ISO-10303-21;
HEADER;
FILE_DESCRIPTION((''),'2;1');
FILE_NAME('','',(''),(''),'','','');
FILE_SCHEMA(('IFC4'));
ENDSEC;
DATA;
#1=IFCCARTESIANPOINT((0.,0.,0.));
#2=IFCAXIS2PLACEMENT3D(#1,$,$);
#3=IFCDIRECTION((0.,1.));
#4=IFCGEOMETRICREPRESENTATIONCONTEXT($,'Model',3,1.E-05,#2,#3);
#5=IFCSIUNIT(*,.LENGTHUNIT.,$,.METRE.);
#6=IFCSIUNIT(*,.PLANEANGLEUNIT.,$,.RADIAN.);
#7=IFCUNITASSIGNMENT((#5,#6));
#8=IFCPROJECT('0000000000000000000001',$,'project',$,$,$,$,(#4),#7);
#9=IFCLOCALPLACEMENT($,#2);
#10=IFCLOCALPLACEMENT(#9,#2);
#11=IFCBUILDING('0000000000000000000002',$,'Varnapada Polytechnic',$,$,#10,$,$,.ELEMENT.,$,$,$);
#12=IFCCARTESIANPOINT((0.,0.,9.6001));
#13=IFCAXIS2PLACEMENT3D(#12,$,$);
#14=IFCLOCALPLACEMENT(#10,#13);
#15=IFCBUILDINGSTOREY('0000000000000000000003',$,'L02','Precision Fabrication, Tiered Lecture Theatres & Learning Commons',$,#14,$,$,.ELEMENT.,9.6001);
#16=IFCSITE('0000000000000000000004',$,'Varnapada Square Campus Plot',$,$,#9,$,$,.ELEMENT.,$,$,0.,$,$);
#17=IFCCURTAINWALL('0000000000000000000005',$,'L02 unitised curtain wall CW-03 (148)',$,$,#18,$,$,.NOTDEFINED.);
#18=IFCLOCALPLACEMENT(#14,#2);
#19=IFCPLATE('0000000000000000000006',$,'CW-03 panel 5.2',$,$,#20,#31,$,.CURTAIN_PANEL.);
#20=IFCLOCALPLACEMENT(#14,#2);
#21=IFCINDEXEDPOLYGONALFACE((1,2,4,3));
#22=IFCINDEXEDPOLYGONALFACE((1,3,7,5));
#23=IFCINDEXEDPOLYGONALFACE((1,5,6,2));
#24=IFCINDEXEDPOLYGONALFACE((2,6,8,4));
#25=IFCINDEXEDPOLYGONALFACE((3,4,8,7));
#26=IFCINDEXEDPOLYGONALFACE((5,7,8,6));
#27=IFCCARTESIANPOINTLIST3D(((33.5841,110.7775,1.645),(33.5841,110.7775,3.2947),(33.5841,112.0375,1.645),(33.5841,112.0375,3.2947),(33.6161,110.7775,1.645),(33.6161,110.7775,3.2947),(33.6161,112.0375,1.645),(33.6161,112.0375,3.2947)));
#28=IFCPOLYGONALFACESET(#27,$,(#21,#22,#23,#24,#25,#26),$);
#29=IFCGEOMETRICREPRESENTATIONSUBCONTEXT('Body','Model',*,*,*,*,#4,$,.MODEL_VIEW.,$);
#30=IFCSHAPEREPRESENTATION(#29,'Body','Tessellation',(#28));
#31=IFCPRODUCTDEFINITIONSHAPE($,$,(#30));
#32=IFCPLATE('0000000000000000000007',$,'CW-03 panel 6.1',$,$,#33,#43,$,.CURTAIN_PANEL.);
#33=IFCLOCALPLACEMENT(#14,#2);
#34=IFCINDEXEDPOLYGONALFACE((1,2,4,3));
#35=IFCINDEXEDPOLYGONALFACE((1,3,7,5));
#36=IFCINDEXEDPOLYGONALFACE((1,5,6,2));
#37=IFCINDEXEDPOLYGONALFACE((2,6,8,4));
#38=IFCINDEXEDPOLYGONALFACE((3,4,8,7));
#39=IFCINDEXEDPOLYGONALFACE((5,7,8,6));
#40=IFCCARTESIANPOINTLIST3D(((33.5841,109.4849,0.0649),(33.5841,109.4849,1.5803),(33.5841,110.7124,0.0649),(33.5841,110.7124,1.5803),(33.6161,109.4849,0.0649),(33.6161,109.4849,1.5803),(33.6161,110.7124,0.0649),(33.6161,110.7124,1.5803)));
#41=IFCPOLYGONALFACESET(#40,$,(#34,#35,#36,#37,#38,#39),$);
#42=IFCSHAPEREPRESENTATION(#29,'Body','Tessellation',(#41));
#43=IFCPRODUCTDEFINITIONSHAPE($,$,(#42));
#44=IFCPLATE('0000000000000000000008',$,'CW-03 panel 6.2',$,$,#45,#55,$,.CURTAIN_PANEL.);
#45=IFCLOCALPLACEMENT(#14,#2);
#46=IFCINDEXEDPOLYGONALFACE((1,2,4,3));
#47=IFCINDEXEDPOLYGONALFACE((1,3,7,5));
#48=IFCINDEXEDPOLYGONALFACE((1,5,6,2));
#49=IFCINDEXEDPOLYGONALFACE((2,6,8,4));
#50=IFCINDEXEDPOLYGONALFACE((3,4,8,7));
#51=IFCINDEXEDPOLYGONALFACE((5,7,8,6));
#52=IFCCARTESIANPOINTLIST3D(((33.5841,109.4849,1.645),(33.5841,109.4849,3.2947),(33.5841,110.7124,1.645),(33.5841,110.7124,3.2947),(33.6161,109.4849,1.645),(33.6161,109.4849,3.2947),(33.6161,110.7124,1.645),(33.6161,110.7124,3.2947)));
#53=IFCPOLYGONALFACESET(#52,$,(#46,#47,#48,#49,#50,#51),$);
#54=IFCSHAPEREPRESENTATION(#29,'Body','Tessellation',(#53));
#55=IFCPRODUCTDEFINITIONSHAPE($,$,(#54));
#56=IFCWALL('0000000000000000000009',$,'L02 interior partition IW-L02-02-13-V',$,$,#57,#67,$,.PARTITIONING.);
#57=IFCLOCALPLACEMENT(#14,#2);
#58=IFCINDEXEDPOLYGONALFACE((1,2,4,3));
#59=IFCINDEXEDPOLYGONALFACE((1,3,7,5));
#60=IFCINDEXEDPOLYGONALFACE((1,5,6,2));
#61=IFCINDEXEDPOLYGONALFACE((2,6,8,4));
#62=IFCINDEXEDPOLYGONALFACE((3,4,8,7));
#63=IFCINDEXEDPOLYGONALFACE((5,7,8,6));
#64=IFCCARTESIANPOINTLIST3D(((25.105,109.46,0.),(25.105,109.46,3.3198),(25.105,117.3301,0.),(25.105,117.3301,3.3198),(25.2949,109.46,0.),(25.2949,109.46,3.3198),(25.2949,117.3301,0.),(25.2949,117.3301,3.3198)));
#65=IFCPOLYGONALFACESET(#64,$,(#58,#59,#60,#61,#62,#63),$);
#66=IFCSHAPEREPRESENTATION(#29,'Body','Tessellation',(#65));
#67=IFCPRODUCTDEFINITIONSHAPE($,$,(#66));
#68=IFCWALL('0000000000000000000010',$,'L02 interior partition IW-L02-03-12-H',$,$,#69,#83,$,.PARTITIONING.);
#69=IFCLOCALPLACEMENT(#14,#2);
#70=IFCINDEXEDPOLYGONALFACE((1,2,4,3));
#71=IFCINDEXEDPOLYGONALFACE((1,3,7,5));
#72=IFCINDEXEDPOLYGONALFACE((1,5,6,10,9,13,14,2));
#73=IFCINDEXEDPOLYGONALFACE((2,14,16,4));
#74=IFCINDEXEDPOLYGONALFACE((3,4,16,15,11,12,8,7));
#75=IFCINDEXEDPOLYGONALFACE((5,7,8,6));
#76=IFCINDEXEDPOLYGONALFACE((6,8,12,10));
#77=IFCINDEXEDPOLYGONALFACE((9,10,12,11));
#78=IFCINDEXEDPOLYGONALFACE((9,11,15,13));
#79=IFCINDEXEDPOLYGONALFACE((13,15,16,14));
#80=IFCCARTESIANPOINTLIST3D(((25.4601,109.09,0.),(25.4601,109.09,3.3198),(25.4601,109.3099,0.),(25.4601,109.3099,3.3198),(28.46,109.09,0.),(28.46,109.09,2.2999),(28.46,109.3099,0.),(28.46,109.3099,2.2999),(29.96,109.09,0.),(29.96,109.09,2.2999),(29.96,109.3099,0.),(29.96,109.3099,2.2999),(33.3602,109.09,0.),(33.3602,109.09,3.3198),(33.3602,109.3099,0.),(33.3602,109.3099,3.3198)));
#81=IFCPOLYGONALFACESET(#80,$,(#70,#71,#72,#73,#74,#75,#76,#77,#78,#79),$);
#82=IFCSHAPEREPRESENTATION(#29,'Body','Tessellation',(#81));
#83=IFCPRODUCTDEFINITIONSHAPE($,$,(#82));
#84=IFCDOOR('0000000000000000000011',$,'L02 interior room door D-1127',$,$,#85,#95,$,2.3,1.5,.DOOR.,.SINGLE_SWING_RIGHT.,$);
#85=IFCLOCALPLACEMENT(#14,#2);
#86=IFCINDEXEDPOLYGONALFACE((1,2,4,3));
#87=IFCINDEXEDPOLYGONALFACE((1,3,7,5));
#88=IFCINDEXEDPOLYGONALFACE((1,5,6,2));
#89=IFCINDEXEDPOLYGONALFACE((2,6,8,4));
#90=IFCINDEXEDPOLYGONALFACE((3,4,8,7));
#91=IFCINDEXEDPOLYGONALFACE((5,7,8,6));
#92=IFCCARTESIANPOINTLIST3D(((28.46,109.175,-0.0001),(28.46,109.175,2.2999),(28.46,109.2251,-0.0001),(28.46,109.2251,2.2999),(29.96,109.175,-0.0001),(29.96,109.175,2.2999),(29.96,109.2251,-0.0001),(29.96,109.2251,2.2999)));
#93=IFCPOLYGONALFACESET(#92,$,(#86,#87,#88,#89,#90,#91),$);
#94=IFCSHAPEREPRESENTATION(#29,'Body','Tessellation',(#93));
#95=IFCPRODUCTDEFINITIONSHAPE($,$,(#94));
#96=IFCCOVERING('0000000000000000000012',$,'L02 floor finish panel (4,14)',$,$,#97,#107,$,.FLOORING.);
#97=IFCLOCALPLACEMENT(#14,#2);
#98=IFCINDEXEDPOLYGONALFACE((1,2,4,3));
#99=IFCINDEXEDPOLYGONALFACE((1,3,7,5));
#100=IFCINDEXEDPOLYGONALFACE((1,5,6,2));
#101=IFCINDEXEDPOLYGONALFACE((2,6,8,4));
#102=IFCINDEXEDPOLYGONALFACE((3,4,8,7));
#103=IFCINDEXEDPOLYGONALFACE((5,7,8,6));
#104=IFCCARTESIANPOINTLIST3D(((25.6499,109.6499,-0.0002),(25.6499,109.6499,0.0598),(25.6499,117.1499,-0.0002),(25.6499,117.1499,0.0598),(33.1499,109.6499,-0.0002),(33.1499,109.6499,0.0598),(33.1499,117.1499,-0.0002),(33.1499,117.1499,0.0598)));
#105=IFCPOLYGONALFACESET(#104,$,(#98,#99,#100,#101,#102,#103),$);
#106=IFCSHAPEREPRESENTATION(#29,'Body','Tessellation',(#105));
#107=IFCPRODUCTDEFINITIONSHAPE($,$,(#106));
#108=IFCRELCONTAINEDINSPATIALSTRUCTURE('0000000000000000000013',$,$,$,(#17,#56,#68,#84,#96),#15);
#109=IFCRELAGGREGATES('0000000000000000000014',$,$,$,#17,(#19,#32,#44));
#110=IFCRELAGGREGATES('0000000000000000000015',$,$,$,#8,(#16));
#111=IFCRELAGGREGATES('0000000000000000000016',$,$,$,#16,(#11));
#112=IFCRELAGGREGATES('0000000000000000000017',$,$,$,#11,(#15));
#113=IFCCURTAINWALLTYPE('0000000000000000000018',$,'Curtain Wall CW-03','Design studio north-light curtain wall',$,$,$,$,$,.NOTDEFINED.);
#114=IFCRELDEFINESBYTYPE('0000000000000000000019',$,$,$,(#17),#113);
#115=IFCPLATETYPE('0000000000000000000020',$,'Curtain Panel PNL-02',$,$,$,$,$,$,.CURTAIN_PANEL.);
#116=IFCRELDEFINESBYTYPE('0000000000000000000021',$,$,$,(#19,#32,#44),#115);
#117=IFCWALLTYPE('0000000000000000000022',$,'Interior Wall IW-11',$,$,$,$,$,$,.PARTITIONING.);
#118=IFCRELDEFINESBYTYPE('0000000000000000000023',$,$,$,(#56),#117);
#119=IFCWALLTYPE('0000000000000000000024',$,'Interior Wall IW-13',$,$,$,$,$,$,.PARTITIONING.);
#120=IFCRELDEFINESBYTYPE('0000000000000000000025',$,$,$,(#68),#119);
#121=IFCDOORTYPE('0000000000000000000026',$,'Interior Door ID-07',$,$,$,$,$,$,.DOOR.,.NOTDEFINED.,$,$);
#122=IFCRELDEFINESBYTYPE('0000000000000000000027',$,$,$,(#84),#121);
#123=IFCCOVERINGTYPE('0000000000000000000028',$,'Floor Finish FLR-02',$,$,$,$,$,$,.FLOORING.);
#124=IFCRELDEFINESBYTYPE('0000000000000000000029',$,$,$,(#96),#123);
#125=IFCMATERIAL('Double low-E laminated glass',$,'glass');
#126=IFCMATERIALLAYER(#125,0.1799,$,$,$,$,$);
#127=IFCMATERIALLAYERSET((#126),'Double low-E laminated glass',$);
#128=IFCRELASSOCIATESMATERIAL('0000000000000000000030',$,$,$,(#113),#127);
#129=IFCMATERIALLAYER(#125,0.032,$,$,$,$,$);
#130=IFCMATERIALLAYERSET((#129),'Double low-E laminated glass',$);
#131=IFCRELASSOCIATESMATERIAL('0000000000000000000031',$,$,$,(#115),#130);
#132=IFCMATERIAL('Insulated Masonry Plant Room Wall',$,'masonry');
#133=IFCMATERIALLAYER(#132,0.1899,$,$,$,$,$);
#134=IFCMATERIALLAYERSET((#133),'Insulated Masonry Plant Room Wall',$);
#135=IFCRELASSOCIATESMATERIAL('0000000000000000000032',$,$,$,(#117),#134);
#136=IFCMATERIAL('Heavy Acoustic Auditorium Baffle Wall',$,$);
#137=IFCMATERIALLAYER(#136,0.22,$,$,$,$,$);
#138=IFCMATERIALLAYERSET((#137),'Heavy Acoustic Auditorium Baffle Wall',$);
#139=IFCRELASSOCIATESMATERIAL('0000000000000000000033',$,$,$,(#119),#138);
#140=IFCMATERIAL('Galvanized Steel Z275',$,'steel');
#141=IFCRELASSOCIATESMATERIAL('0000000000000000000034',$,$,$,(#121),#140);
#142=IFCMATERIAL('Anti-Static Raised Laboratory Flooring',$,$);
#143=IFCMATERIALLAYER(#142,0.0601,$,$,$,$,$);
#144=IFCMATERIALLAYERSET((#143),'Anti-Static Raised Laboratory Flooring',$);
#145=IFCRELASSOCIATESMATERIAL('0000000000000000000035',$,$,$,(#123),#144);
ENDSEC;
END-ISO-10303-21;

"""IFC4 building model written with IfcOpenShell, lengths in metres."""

from ifc_helpers import new_model, si_unit, direction, frame, frame_2d, origin, origin_2d, place, context, subcontext, project, spatial, rectangle, extrude, material, layer, layer_set, type_object, element, fill, aggregate, save


model = new_model("IFC4")

# Units and contexts
model_context = context("Model", 3, precision=1e-05, world=origin(), true_north=direction((0.0, 1.0)))
body_context = subcontext(model_context, "Body", "Model", "MODEL_VIEW")
ifc_project = project(units=[si_unit("LENGTHUNIT", "METRE"), si_unit("PLANEANGLEUNIT", "RADIAN")], contexts=[model_context])

# Site, building, storey
site_placement = place(None, origin())
site = spatial("IfcSite", under=ifc_project, at=site_placement, Name="Varnapada Square Campus Plot", CompositionType="ELEMENT", RefElevation=0.0)
building_placement = place(site_placement, origin())
building = spatial("IfcBuilding", under=site, at=building_placement, Name="Varnapada Polytechnic", CompositionType="ELEMENT")
storey_placement = place(building_placement, frame((0.0, 0.0, 9.6001)))
storey = spatial("IfcBuildingStorey", under=building, at=storey_placement, Name="L02", Description="Precision Fabrication, Tiered Lecture Theatres & Learning Commons", CompositionType="ELEMENT", Elevation=9.6001)

# Curtain wall, plates
ifc_material_1 = material(Name="Double low-E laminated glass", Category="glass")
ifc_layer_1 = layer(ifc_material_1, 0.1799)
ifc_layer_set_1 = layer_set([ifc_layer_1], Name="Double low-E laminated glass")
curtain_wall_type = type_object("IfcCurtainWallType", Name="Curtain Wall CW-03", Description="Design studio north-light curtain wall", PredefinedType="NOTDEFINED", material=ifc_layer_set_1)
curtain_wall_placement = place(storey_placement, origin())
curtain_wall = element("IfcCurtainWall", 1, at=curtain_wall_placement, inside=storey, type_object=curtain_wall_type, Name="L02 unitised curtain wall CW-03 (148)", PredefinedType="NOTDEFINED")
ifc_layer_2 = layer(ifc_material_1, 0.032)
ifc_layer_set_2 = layer_set([ifc_layer_2], Name="Double low-E laminated glass")
plate_type = type_object("IfcPlateType", Name="Curtain Panel PNL-02", PredefinedType="CURTAIN_PANEL", material=ifc_layer_set_2)
plate_1_placement = place(storey_placement, frame((33.6001, 111.4075, 1.645), z_axis=(0.0, 0.0, 1.0), x_axis=(0.0, -1.0, 0.0)))
plate_1 = element("IfcPlate", 2, at=plate_1_placement, type_object=plate_type, Name="CW-03 panel 5.2", PredefinedType="CURTAIN_PANEL", context=body_context, shape_type="SweptSolid", body=[
    extrude(rectangle(XDim=1.26, YDim=0.032, at=origin_2d()), origin(), (0.0, 0.0, 1.0), 1.6497),
])
plate_2_placement = place(storey_placement, frame((33.6001, 110.0986, 0.0649), z_axis=(0.0, 0.0, 1.0), x_axis=(0.0, -1.0, 0.0)))
plate_2 = element("IfcPlate", 3, at=plate_2_placement, type_object=plate_type, Name="CW-03 panel 6.1", PredefinedType="CURTAIN_PANEL", context=body_context, shape_type="SweptSolid", body=[
    extrude(rectangle(XDim=1.2275, YDim=0.032, at=origin_2d()), origin(), (0.0, 0.0, 1.0), 1.5154),
])
plate_3_placement = place(storey_placement, frame((33.6001, 110.0986, 1.645), z_axis=(0.0, 0.0, 1.0), x_axis=(0.0, -1.0, 0.0)))
plate_3 = element("IfcPlate", 4, at=plate_3_placement, type_object=plate_type, Name="CW-03 panel 6.2", PredefinedType="CURTAIN_PANEL", context=body_context, shape_type="SweptSolid", body=[
    extrude(rectangle(XDim=1.2275, YDim=0.032, at=origin_2d()), origin(), (0.0, 0.0, 1.0), 1.6497),
])
aggregate(curtain_wall, [plate_1, plate_2, plate_3])

# Wall
ifc_material_2 = material(Name="Insulated Masonry Plant Room Wall", Category="masonry")
ifc_layer_3 = layer(ifc_material_2, 0.1899)
ifc_layer_set_3 = layer_set([ifc_layer_3], Name="Insulated Masonry Plant Room Wall")
wall_type_1 = type_object("IfcWallType", Name="Interior Wall IW-11", PredefinedType="PARTITIONING", material=ifc_layer_set_3)
wall_1_placement = place(storey_placement, frame((25.2, 109.46, 0.0), z_axis=(0.0, 0.0, 1.0), x_axis=(0.0, 1.0, 0.0)))
element("IfcWall", 5, at=wall_1_placement, inside=storey, type_object=wall_type_1, Name="L02 interior partition IW-L02-02-13-V", PredefinedType="PARTITIONING", context=body_context, shape_type="SweptSolid", body=[
    extrude(rectangle(XDim=7.8701, YDim=0.1899, at=frame_2d((3.9351, 0.0))), origin(), (0.0, 0.0, 1.0), 3.3198),
])

# Wall, opening, door
ifc_material_3 = material(Name="Heavy Acoustic Auditorium Baffle Wall")
ifc_layer_4 = layer(ifc_material_3, 0.22)
ifc_layer_set_4 = layer_set([ifc_layer_4], Name="Heavy Acoustic Auditorium Baffle Wall")
wall_type_2 = type_object("IfcWallType", Name="Interior Wall IW-13", PredefinedType="PARTITIONING", material=ifc_layer_set_4)
wall_2_placement = place(storey_placement, frame((25.46, 109.2, 0.0), z_axis=(0.0, 0.0, 1.0), x_axis=(1.0, 0.0, 0.0)))
wall_2 = element("IfcWall", 6, at=wall_2_placement, inside=storey, type_object=wall_type_2, Name="L02 interior partition IW-L02-03-12-H", PredefinedType="PARTITIONING", context=body_context, shape_type="SweptSolid", body=[
    extrude(rectangle(XDim=7.9001, YDim=0.22, at=frame_2d((3.9502, 0.0))), origin(), (0.0, 0.0, 1.0), 3.3198),
])
opening_placement = place(wall_2_placement, frame((3.0, 0.0, 0.0)))
opening = element("IfcOpeningElement", 7, at=opening_placement, cuts=wall_2, PredefinedType="OPENING", context=body_context, shape_type="SweptSolid", body=[
    extrude(rectangle(XDim=1.5, YDim=2.3, at=frame_2d((0.75, 1.1499))), frame((0.0, 0.1199, 0.0), z_axis=(0.0, -1.0, 0.0), x_axis=(1.0, 0.0, 0.0)), (0.0, 0.0, 1.0), 0.24),
])
ifc_material_4 = material(Name="Galvanized Steel Z275", Category="steel")
door_type = type_object("IfcDoorType", Name="Interior Door ID-07", OperationType="NOTDEFINED", PredefinedType="DOOR", material=ifc_material_4)
door_placement = place(opening_placement, frame((1.5, 0.0, 0.0), z_axis=(0.0, 0.0, 1.0), x_axis=(-1.0, 0.0, 0.0)))
door = element("IfcDoor", 8, at=door_placement, inside=storey, type_object=door_type, Name="L02 interior room door D-1127", OperationType="SINGLE_SWING_RIGHT", OverallHeight=2.3, OverallWidth=1.5, PredefinedType="DOOR", context=body_context, shape_type="SweptSolid", body=[
    extrude(rectangle(XDim=1.5, YDim=2.3, at=frame_2d((0.75, 1.1499))), frame((0.0, 0.0249, 0.0), z_axis=(0.0, -1.0, 0.0), x_axis=(1.0, 0.0, 0.0)), (0.0, 0.0, 1.0), 0.05),
])
fill(opening, door)

# Covering
ifc_material_5 = material(Name="Anti-Static Raised Laboratory Flooring")
ifc_layer_5 = layer(ifc_material_5, 0.0601)
ifc_layer_set_5 = layer_set([ifc_layer_5], Name="Anti-Static Raised Laboratory Flooring")
covering_type = type_object("IfcCoveringType", Name="Floor Finish FLR-02", PredefinedType="FLOORING", material=ifc_layer_set_5)
covering_placement = place(storey_placement, frame((29.3999, 113.3999, -0.0002), z_axis=(0.0, 0.0, 1.0), x_axis=(1.0, 0.0, 0.0)))
element("IfcCovering", 9, at=covering_placement, inside=storey, type_object=covering_type, Name="L02 floor finish panel (4,14)", PredefinedType="FLOORING", context=body_context, shape_type="SweptSolid", body=[
    extrude(rectangle(XDim=7.5, YDim=7.5, at=origin_2d()), origin(), (0.0, 0.0, 1.0), 0.0601),
])

save(model, "model.ifc")
